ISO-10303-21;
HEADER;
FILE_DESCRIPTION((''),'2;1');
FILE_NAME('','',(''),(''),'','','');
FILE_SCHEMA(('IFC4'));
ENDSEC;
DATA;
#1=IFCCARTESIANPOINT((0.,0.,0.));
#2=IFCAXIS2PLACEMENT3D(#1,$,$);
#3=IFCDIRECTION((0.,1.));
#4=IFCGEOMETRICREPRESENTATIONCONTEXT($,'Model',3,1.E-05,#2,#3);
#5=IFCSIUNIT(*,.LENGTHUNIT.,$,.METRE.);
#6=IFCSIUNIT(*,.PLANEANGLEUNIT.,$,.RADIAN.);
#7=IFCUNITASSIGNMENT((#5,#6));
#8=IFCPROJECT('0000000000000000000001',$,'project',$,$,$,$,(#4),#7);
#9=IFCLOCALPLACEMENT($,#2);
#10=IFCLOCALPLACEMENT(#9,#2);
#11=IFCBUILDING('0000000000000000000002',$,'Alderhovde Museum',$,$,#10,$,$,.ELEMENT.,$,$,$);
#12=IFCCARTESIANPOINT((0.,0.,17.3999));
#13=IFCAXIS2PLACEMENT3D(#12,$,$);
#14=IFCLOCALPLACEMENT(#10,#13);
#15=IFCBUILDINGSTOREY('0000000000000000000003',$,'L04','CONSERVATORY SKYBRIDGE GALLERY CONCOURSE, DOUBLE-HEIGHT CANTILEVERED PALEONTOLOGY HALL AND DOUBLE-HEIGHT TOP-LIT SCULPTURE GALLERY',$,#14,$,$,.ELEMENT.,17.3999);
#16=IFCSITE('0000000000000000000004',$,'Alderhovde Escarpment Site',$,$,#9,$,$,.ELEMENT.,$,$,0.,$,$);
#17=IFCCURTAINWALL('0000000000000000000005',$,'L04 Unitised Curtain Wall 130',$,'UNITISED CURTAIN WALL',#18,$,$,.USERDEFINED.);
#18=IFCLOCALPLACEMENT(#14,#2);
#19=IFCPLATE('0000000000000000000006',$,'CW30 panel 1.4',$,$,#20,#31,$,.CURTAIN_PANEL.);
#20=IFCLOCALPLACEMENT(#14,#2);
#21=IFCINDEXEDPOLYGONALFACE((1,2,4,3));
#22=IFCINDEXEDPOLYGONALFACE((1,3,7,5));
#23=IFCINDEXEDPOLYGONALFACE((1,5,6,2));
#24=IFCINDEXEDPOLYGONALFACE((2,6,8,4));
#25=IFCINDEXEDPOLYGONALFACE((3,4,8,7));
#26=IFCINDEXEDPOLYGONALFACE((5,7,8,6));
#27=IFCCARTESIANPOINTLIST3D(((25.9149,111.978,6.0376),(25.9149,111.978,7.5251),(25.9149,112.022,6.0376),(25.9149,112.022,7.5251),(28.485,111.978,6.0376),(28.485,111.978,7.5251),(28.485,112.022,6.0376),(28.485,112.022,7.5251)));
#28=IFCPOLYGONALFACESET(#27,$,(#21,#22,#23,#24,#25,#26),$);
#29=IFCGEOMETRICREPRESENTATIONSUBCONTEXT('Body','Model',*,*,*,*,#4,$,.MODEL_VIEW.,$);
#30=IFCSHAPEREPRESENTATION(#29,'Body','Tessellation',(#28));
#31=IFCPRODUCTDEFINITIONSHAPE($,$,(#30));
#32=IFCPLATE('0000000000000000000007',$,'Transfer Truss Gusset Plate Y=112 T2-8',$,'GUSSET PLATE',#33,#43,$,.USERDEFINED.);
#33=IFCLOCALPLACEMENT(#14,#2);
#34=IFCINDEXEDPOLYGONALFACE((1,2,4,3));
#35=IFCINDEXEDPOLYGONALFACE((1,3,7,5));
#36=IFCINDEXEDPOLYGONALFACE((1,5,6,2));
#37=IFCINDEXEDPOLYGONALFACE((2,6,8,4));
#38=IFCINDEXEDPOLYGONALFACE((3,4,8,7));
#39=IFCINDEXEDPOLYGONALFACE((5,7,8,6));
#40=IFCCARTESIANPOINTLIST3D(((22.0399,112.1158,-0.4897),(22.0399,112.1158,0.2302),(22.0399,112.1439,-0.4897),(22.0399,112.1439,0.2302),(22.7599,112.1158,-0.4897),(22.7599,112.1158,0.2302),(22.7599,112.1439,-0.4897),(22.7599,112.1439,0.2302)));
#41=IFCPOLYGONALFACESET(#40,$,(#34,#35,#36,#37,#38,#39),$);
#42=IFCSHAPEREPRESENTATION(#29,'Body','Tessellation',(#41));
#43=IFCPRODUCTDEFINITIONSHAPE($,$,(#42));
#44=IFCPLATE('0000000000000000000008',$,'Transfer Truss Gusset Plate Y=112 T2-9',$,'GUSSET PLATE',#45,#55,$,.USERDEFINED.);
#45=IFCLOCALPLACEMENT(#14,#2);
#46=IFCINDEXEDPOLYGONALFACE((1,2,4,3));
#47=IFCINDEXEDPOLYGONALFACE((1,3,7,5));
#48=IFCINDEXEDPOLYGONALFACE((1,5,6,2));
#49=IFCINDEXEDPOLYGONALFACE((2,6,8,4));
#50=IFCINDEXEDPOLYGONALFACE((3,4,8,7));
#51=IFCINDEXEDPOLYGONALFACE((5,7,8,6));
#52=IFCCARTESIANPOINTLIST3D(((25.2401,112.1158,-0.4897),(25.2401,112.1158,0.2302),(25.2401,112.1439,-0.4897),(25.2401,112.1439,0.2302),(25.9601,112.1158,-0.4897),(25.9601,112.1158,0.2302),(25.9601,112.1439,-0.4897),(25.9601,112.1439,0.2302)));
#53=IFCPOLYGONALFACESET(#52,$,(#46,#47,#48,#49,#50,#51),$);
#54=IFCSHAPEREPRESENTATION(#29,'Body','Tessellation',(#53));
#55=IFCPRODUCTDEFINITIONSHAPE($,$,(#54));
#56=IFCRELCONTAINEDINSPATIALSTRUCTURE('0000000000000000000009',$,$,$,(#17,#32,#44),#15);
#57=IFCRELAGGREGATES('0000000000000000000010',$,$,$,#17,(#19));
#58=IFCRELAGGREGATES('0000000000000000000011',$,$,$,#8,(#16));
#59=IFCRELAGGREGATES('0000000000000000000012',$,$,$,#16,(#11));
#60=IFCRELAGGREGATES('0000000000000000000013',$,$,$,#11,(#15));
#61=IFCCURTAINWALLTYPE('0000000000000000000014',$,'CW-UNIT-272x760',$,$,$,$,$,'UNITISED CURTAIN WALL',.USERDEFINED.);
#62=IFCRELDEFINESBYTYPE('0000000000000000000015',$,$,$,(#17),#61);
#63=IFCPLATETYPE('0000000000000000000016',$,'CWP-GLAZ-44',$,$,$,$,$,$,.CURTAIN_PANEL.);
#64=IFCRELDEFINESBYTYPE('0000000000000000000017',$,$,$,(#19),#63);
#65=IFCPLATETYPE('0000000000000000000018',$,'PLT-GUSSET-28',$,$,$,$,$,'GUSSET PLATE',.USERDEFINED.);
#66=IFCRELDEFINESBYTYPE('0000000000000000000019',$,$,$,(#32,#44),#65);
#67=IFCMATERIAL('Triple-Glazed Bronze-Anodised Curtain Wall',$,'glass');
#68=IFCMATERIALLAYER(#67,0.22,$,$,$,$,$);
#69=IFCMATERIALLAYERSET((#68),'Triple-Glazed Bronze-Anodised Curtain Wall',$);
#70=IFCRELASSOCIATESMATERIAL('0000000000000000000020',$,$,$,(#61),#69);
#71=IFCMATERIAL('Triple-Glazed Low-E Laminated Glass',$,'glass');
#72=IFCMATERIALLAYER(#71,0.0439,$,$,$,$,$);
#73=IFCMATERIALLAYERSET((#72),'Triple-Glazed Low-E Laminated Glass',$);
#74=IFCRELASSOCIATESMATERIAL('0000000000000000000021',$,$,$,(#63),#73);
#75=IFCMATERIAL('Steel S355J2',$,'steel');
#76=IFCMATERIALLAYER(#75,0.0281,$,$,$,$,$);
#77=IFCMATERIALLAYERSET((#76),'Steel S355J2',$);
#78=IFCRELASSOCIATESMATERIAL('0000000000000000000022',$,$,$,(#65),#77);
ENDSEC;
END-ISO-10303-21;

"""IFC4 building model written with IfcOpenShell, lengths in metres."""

from ifc_helpers import new_model, si_unit, direction, frame, origin, origin_2d, place, context, subcontext, project, spatial, rectangle, extrude, material, layer, layer_set, type_object, element, aggregate, save


model = new_model("IFC4")

# Units and contexts
model_context = context("Model", 3, precision=1e-05, world=origin(), true_north=direction((0.0, 1.0)))
body_context = subcontext(model_context, "Body", "Model", "MODEL_VIEW")
ifc_project = project(units=[si_unit("LENGTHUNIT", "METRE"), si_unit("PLANEANGLEUNIT", "RADIAN")], contexts=[model_context])

# Site, building, storey
site_placement = place(None, origin())
site = spatial("IfcSite", under=ifc_project, at=site_placement, Name="Alderhovde Escarpment Site", CompositionType="ELEMENT", RefElevation=0.0)
building_placement = place(site_placement, origin())
building = spatial("IfcBuilding", under=site, at=building_placement, Name="Alderhovde Museum", CompositionType="ELEMENT")
storey_placement = place(building_placement, frame((0.0, 0.0, 17.3999)))
storey = spatial("IfcBuildingStorey", under=building, at=storey_placement, Name="L04", Description="CONSERVATORY SKYBRIDGE GALLERY CONCOURSE, DOUBLE-HEIGHT CANTILEVERED PALEONTOLOGY HALL AND DOUBLE-HEIGHT TOP-LIT SCULPTURE GALLERY", CompositionType="ELEMENT", Elevation=17.3999)

# Shared definitions
ifc_material_1 = material(Name="Triple-Glazed Bronze-Anodised Curtain Wall", Category="glass")
ifc_layer_1 = layer(ifc_material_1, 0.22)
ifc_layer_set_1 = layer_set([ifc_layer_1], Name="Triple-Glazed Bronze-Anodised Curtain Wall")
curtain_wall_type = type_object("IfcCurtainWallType", Name="CW-UNIT-272x760", ElementType="UNITISED CURTAIN WALL", PredefinedType="USERDEFINED", material=ifc_layer_set_1)

# Curtain wall
curtain_wall_1_placement = place(storey_placement, origin())
curtain_wall_1 = element("IfcCurtainWall", 1, at=curtain_wall_1_placement, inside=storey, type_object=curtain_wall_type, Name="L04 Unitised Curtain Wall 130", ObjectType="UNITISED CURTAIN WALL", PredefinedType="USERDEFINED")

# Plate
ifc_material_2 = material(Name="Triple-Glazed Low-E Laminated Glass", Category="glass")
ifc_layer_2 = layer(ifc_material_2, 0.0439)
ifc_layer_set_2 = layer_set([ifc_layer_2], Name="Triple-Glazed Low-E Laminated Glass")
plate_type_1 = type_object("IfcPlateType", Name="CWP-GLAZ-44", PredefinedType="CURTAIN_PANEL", material=ifc_layer_set_2)
plate_1_placement = place(storey_placement, frame((27.2, 112.0, 6.0376), z_axis=(0.0, 0.0, 1.0), x_axis=(1.0, 0.0, 0.0)))
plate_1 = element("IfcPlate", 2, at=plate_1_placement, type_object=plate_type_1, Name="CW30 panel 1.4", PredefinedType="CURTAIN_PANEL", context=body_context, shape_type="SweptSolid", body=[
    extrude(rectangle(XDim=2.5701, YDim=0.0439, at=origin_2d()), origin(), (0.0, 0.0, 1.0), 1.4875),
])
aggregate(curtain_wall_1, [plate_1])

# Plates
ifc_material_3 = material(Name="Steel S355J2", Category="steel")
ifc_layer_3 = layer(ifc_material_3, 0.0281)
ifc_layer_set_3 = layer_set([ifc_layer_3], Name="Steel S355J2")
plate_type_2 = type_object("IfcPlateType", Name="PLT-GUSSET-28", ElementType="GUSSET PLATE", PredefinedType="USERDEFINED", material=ifc_layer_set_3)
for number, where, z_axis, x_axis, name in (
    (3, (22.3999, 112.1299, -0.4897), (0.0, 0.0, 1.0), (1.0, 0.0, 0.0), "Transfer Truss Gusset Plate Y=112 T2-8"),
    (4, (25.6001, 112.1299, -0.4897), (0.0, 0.0, 1.0), (1.0, 0.0, 0.0), "Transfer Truss Gusset Plate Y=112 T2-9"),
):
    element("IfcPlate", number, at=place(storey_placement, frame(where, z_axis=z_axis, x_axis=x_axis)), inside=storey, type_object=plate_type_2, Name=name, ObjectType="GUSSET PLATE", PredefinedType="USERDEFINED", context=body_context, shape_type="SweptSolid", body=[
        extrude(rectangle(XDim=0.72, YDim=0.0281, at=origin_2d()), origin(), (0.0, 0.0, 1.0), 0.72),
    ])

save(model, "model.ifc")
